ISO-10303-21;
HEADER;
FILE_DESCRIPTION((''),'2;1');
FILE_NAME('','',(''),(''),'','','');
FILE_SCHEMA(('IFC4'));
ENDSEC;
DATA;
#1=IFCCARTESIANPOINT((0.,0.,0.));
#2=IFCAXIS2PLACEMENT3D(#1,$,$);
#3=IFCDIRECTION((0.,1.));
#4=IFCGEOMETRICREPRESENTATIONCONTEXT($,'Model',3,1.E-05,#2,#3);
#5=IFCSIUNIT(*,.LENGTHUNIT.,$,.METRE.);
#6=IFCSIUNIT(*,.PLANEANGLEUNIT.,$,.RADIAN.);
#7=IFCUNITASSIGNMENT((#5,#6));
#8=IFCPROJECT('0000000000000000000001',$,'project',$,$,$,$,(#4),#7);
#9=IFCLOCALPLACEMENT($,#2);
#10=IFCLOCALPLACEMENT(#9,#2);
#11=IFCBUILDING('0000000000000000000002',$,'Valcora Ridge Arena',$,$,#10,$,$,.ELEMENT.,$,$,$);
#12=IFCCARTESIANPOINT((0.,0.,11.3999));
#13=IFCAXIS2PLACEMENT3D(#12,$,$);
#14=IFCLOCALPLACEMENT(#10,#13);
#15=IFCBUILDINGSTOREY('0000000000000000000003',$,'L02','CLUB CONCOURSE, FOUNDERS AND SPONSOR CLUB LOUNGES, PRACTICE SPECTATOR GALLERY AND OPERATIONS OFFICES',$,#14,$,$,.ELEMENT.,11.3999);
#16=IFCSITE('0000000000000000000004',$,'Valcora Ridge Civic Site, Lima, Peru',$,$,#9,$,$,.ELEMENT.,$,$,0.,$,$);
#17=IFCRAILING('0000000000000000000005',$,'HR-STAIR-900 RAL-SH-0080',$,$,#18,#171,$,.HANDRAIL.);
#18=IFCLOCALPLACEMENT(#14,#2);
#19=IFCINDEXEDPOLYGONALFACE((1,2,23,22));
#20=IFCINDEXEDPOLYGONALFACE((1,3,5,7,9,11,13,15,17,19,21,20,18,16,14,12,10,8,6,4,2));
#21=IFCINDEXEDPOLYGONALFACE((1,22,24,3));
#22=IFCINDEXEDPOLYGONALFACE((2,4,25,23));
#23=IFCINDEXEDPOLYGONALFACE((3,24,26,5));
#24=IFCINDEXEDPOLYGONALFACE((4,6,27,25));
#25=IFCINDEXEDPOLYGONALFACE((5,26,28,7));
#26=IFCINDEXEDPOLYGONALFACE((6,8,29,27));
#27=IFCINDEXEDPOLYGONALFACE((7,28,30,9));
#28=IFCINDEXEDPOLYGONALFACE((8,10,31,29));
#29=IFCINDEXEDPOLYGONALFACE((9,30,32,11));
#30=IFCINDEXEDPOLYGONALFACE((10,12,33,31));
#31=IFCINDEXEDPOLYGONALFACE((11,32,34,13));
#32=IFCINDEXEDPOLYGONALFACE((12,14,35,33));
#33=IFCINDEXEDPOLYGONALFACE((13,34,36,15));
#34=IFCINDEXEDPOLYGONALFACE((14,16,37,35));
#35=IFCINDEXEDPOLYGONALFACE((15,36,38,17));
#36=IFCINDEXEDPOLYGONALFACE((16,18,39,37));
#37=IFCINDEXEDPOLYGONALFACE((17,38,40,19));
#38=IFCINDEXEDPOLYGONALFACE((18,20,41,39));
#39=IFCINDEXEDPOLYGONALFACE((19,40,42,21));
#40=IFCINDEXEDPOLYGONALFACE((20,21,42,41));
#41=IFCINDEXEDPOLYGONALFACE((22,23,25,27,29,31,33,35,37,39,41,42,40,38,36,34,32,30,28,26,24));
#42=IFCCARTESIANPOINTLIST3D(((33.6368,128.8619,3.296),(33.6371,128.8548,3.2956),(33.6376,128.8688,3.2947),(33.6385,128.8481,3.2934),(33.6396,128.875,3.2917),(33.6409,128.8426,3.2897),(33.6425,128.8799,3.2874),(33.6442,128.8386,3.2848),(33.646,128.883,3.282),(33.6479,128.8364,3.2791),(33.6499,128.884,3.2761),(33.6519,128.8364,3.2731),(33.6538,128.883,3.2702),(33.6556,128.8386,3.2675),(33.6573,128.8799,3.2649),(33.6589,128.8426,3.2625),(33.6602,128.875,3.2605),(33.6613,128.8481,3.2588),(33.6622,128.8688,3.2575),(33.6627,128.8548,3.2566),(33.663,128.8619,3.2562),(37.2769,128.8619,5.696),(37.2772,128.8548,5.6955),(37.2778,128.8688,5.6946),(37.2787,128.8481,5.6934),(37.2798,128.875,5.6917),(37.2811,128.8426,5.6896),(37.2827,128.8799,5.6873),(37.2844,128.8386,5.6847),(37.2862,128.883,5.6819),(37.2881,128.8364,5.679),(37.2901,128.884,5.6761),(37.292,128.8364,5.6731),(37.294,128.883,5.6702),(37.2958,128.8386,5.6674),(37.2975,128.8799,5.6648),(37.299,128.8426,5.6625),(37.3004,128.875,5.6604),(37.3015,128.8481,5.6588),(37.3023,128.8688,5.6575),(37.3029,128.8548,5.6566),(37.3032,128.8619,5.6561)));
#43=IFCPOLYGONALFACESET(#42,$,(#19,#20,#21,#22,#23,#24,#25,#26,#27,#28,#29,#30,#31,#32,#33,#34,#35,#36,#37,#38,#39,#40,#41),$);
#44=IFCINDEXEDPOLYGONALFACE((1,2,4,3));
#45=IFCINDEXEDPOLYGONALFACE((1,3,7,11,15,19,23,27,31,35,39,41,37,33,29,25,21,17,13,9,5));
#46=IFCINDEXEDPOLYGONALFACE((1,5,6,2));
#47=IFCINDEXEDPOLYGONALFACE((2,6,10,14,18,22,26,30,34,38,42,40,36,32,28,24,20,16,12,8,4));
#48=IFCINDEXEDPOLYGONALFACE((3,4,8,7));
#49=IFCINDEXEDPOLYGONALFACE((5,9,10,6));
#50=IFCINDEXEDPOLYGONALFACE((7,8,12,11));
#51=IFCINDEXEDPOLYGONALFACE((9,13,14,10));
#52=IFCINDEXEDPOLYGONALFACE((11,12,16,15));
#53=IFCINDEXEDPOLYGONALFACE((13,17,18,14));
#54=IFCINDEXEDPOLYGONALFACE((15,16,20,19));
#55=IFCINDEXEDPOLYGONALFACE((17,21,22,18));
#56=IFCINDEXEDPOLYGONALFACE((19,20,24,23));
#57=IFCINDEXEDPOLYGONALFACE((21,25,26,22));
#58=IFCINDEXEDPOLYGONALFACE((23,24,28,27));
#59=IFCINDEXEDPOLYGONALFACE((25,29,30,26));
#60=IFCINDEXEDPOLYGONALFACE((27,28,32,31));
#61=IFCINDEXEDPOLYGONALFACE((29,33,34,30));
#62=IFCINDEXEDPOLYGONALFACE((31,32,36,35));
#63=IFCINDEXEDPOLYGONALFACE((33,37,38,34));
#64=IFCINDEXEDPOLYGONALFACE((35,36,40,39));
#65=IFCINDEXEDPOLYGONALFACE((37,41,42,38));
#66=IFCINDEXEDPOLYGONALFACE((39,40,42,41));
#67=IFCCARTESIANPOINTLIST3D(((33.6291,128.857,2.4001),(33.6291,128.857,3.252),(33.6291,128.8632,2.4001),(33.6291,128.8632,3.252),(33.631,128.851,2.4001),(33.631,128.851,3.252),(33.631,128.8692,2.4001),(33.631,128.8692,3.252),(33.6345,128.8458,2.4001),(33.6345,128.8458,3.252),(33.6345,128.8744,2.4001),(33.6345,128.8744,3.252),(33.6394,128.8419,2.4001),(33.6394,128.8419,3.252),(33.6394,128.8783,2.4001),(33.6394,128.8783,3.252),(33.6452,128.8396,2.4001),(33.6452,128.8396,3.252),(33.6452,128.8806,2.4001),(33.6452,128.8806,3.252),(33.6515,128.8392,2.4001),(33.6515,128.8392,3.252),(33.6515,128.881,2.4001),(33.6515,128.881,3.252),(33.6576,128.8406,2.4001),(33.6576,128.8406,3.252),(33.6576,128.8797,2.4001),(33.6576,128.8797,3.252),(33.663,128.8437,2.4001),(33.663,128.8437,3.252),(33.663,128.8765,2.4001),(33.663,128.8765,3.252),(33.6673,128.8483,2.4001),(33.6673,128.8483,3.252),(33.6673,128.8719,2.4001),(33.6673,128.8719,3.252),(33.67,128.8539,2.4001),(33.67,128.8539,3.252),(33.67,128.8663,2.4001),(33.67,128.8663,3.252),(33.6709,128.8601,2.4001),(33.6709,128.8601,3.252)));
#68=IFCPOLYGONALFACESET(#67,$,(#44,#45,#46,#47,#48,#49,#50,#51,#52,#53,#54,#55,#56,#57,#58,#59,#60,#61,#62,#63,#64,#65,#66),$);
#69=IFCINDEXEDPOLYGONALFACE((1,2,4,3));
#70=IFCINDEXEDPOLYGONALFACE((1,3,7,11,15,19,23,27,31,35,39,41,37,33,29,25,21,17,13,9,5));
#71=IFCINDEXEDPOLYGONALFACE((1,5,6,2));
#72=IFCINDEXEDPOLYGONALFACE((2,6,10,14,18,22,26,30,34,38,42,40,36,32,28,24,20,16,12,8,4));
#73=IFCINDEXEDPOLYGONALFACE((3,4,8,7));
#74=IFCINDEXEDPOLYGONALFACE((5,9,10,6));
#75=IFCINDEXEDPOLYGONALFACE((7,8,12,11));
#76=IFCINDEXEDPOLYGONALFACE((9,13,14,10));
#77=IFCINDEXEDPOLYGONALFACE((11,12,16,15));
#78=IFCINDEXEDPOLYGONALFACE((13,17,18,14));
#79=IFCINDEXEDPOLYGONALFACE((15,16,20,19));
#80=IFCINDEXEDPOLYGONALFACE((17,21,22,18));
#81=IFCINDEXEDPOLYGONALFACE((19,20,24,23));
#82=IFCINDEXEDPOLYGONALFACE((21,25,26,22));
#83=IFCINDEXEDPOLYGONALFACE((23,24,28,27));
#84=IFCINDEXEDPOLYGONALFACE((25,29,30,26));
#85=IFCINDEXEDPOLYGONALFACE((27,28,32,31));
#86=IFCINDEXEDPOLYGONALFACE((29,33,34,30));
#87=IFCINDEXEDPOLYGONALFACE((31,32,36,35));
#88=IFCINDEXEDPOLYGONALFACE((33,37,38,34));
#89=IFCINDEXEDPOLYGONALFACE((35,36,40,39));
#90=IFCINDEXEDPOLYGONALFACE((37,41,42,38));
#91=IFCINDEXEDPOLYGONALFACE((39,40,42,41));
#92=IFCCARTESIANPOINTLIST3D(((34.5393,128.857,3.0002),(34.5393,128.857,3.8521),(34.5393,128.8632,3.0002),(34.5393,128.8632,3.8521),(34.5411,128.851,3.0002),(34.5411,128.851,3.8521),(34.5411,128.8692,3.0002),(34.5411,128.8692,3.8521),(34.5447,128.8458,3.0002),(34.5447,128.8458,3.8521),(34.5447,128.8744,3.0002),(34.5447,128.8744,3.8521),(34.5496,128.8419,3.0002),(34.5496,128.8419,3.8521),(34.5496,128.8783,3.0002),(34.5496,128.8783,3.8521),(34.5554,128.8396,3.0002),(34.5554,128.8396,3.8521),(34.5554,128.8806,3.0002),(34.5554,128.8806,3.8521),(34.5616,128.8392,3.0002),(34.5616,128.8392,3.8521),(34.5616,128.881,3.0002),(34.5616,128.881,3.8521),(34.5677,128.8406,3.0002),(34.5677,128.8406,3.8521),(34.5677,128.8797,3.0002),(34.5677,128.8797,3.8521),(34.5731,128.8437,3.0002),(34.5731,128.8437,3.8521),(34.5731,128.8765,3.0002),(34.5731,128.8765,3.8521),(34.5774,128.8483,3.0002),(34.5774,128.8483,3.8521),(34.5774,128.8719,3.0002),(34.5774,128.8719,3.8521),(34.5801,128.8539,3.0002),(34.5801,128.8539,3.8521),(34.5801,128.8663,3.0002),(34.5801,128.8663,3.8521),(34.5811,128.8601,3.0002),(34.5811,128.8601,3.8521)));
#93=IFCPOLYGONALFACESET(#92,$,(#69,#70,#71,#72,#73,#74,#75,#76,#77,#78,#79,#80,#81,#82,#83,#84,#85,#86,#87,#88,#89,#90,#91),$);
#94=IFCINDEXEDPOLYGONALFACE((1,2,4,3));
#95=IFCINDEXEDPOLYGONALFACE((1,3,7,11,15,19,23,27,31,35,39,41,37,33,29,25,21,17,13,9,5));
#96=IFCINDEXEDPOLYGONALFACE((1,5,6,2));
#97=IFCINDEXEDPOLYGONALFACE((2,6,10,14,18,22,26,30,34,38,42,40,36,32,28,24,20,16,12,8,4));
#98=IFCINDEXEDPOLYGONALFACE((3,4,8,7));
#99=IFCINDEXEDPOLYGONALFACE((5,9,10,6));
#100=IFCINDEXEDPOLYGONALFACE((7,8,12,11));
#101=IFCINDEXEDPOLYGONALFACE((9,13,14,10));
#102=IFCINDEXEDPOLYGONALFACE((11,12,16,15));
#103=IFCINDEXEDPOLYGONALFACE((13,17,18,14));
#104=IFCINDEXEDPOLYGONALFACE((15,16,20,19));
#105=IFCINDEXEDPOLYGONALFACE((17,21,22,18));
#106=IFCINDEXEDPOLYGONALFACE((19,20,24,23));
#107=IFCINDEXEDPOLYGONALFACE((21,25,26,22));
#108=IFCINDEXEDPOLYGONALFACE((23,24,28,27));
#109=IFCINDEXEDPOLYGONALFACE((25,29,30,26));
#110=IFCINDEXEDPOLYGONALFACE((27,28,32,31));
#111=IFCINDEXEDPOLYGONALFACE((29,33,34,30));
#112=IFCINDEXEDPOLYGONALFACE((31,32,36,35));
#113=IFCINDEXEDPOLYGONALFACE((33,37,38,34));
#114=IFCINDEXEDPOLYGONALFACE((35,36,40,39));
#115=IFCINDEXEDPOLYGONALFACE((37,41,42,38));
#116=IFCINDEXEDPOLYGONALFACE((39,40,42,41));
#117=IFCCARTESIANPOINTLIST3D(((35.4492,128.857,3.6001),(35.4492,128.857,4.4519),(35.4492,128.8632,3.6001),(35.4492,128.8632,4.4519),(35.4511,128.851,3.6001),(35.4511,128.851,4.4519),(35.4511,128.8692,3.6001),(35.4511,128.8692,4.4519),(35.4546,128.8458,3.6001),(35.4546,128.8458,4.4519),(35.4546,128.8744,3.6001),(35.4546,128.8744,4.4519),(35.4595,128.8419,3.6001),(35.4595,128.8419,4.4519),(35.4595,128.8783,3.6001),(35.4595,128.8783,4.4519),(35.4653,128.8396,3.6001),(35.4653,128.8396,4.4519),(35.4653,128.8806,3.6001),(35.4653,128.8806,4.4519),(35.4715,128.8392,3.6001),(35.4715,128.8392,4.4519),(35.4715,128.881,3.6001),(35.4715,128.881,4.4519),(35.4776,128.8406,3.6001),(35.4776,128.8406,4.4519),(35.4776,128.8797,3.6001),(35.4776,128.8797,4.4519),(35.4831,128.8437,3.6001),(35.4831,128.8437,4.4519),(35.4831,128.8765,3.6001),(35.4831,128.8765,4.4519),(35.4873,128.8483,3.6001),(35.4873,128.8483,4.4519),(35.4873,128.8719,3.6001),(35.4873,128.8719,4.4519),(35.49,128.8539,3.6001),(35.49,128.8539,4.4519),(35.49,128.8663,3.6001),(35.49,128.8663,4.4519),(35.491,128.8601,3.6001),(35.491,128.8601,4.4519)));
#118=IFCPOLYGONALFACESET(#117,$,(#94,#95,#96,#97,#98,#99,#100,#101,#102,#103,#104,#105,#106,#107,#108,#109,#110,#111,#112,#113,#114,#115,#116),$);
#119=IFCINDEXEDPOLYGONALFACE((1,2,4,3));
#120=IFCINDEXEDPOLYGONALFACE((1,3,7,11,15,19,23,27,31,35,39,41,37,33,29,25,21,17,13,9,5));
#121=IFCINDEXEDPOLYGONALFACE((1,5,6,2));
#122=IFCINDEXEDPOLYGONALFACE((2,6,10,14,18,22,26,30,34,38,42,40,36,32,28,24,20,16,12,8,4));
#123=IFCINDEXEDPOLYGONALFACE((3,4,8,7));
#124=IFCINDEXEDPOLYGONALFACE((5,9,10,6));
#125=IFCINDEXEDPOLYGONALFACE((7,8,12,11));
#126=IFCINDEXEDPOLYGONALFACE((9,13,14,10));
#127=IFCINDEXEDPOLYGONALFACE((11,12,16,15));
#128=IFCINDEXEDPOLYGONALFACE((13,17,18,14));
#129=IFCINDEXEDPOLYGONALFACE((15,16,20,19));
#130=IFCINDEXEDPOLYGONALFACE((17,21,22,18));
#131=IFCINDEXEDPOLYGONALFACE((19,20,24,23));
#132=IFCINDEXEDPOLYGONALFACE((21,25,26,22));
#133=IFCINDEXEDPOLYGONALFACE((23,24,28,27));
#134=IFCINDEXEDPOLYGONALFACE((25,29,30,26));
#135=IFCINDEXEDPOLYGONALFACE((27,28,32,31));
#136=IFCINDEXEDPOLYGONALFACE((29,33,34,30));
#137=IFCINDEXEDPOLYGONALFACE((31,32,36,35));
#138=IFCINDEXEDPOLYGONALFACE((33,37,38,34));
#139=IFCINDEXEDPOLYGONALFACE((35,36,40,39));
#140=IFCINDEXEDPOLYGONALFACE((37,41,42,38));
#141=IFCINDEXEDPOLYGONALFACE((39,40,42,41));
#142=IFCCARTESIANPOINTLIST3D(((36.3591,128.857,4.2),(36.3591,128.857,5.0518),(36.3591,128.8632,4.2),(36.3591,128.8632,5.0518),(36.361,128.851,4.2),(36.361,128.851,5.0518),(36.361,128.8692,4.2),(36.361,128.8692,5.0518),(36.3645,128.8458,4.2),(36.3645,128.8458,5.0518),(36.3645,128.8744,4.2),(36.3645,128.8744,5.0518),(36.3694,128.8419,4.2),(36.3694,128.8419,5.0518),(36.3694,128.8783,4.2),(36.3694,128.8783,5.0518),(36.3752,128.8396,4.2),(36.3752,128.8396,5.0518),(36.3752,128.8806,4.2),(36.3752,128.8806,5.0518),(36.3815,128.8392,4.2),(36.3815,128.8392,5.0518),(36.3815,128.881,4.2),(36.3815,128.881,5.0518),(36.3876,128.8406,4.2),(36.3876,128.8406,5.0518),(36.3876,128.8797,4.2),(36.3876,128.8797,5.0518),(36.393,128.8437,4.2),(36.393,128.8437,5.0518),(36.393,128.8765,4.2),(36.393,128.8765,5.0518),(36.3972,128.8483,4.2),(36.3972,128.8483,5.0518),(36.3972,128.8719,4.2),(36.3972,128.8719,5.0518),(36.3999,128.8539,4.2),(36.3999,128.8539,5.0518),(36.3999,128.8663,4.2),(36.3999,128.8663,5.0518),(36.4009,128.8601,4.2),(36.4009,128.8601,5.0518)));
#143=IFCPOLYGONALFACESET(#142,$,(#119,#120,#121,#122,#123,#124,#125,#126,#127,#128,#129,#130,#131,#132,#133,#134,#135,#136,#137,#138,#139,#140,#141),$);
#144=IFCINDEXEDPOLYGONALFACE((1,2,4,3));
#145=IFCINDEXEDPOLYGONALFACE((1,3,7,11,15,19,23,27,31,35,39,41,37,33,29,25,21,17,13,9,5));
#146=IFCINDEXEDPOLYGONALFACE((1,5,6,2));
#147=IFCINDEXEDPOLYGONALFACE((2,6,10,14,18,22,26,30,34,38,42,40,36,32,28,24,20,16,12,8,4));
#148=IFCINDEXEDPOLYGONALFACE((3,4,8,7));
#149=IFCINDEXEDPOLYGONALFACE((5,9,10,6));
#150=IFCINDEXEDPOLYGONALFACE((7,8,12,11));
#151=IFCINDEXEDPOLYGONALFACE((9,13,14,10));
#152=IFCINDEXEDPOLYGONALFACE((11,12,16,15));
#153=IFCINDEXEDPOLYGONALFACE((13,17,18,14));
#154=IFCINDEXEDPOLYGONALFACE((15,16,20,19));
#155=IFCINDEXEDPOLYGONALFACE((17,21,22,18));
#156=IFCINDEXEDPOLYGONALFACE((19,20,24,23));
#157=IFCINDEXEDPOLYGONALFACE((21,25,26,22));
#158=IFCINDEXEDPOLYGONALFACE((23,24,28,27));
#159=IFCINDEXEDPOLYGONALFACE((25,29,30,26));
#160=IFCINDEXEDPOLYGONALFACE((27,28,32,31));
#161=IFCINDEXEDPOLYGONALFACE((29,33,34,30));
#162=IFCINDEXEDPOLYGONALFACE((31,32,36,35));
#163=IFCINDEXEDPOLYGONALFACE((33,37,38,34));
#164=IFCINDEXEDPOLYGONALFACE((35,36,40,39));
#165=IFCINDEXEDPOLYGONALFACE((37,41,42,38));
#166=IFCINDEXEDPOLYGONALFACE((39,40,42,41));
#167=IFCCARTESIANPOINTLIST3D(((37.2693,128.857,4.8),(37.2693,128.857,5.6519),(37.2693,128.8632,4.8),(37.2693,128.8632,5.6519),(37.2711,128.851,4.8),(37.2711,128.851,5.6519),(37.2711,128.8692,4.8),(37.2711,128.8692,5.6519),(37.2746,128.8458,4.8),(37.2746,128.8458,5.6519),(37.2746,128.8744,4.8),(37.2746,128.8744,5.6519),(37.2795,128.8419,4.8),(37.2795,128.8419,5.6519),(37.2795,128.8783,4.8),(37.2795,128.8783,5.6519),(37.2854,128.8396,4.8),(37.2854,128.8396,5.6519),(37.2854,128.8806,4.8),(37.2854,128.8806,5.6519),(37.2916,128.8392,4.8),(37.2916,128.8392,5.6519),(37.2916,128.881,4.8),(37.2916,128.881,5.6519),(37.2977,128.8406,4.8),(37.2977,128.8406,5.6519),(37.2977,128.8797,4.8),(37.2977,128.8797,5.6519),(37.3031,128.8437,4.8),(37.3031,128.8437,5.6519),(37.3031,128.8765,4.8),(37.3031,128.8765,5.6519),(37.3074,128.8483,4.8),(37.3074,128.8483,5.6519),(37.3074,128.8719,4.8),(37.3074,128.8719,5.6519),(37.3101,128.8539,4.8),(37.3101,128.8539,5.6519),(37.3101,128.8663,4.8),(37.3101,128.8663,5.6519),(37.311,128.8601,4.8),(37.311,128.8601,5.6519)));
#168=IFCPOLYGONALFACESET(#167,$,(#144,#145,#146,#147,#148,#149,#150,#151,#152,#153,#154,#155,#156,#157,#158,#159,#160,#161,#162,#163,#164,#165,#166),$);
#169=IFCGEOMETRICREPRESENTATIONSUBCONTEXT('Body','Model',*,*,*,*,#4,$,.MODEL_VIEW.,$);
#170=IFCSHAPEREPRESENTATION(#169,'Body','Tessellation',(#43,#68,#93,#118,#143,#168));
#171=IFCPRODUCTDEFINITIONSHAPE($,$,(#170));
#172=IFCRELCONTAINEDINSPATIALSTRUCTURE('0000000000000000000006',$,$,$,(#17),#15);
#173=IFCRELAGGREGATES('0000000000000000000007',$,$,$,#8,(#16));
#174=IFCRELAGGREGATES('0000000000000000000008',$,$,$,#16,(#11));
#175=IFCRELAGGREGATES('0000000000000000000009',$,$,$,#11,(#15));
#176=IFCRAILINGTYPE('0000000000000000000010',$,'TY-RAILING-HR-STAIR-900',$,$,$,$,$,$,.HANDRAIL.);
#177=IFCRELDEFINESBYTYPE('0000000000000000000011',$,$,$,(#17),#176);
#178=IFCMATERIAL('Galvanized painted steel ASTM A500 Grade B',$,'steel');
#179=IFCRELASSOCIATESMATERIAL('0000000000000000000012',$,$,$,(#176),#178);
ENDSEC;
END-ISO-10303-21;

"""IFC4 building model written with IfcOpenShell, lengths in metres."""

from ifc_helpers import new_model, si_unit, direction, frame, origin, origin_2d, place, context, subcontext, project, spatial, circle, extrude, material, type_object, element, save


model = new_model("IFC4")

# Units and contexts
model_context = context("Model", 3, precision=1e-05, world=origin(), true_north=direction((0.0, 1.0)))
body_context = subcontext(model_context, "Body", "Model", "MODEL_VIEW")
ifc_project = project(units=[si_unit("LENGTHUNIT", "METRE"), si_unit("PLANEANGLEUNIT", "RADIAN")], contexts=[model_context])

# Site, building, storey
site_placement = place(None, origin())
site = spatial("IfcSite", under=ifc_project, at=site_placement, Name="Valcora Ridge Civic Site, Lima, Peru", CompositionType="ELEMENT", RefElevation=0.0)
building_placement = place(site_placement, origin())
building = spatial("IfcBuilding", under=site, at=building_placement, Name="Valcora Ridge Arena", CompositionType="ELEMENT")
storey_placement = place(building_placement, frame((0.0, 0.0, 11.3999)))
storey = spatial("IfcBuildingStorey", under=building, at=storey_placement, Name="L02", Description="CLUB CONCOURSE, FOUNDERS AND SPONSOR CLUB LOUNGES, PRACTICE SPECTATOR GALLERY AND OPERATIONS OFFICES", CompositionType="ELEMENT", Elevation=11.3999)

# Railing
ifc_material_1 = material(Name="Galvanized painted steel ASTM A500 Grade B", Category="steel")
railing_type = type_object("IfcRailingType", Name="TY-RAILING-HR-STAIR-900", PredefinedType="HANDRAIL", material=ifc_material_1)
railing_placement = place(storey_placement, frame((33.6499, 128.8601, 2.4001)))
element("IfcRailing", 1, at=railing_placement, inside=storey, type_object=railing_type, Name="HR-STAIR-900 RAL-SH-0080", PredefinedType="HANDRAIL", context=body_context, shape_type="SweptSolid", body=[
    extrude(circle(Radius=0.0239, at=origin_2d()), frame((0.0, 0.0, 0.876), z_axis=(0.834882, 0.0, 0.550429), x_axis=(0.0, 1.0, 0.0)), (0.0, 0.0, 1.0), 4.3601),
    extrude(circle(Radius=0.021, at=origin_2d()), origin(), (0.0, 0.0, 1.0), 0.8518),
    extrude(circle(Radius=0.021, at=origin_2d()), frame((0.9102, 0.0, 0.6001)), (0.0, 0.0, 1.0), 0.8518),
    extrude(circle(Radius=0.021, at=origin_2d()), frame((1.8201, 0.0, 1.2)), (0.0, 0.0, 1.0), 0.8518),
    extrude(circle(Radius=0.021, at=origin_2d()), frame((2.73, 0.0, 1.7998)), (0.0, 0.0, 1.0), 0.8518),
    extrude(circle(Radius=0.021, at=origin_2d()), frame((3.6401, 0.0, 2.3999)), (0.0, 0.0, 1.0), 0.8518),
])

save(model, "model.ifc")
